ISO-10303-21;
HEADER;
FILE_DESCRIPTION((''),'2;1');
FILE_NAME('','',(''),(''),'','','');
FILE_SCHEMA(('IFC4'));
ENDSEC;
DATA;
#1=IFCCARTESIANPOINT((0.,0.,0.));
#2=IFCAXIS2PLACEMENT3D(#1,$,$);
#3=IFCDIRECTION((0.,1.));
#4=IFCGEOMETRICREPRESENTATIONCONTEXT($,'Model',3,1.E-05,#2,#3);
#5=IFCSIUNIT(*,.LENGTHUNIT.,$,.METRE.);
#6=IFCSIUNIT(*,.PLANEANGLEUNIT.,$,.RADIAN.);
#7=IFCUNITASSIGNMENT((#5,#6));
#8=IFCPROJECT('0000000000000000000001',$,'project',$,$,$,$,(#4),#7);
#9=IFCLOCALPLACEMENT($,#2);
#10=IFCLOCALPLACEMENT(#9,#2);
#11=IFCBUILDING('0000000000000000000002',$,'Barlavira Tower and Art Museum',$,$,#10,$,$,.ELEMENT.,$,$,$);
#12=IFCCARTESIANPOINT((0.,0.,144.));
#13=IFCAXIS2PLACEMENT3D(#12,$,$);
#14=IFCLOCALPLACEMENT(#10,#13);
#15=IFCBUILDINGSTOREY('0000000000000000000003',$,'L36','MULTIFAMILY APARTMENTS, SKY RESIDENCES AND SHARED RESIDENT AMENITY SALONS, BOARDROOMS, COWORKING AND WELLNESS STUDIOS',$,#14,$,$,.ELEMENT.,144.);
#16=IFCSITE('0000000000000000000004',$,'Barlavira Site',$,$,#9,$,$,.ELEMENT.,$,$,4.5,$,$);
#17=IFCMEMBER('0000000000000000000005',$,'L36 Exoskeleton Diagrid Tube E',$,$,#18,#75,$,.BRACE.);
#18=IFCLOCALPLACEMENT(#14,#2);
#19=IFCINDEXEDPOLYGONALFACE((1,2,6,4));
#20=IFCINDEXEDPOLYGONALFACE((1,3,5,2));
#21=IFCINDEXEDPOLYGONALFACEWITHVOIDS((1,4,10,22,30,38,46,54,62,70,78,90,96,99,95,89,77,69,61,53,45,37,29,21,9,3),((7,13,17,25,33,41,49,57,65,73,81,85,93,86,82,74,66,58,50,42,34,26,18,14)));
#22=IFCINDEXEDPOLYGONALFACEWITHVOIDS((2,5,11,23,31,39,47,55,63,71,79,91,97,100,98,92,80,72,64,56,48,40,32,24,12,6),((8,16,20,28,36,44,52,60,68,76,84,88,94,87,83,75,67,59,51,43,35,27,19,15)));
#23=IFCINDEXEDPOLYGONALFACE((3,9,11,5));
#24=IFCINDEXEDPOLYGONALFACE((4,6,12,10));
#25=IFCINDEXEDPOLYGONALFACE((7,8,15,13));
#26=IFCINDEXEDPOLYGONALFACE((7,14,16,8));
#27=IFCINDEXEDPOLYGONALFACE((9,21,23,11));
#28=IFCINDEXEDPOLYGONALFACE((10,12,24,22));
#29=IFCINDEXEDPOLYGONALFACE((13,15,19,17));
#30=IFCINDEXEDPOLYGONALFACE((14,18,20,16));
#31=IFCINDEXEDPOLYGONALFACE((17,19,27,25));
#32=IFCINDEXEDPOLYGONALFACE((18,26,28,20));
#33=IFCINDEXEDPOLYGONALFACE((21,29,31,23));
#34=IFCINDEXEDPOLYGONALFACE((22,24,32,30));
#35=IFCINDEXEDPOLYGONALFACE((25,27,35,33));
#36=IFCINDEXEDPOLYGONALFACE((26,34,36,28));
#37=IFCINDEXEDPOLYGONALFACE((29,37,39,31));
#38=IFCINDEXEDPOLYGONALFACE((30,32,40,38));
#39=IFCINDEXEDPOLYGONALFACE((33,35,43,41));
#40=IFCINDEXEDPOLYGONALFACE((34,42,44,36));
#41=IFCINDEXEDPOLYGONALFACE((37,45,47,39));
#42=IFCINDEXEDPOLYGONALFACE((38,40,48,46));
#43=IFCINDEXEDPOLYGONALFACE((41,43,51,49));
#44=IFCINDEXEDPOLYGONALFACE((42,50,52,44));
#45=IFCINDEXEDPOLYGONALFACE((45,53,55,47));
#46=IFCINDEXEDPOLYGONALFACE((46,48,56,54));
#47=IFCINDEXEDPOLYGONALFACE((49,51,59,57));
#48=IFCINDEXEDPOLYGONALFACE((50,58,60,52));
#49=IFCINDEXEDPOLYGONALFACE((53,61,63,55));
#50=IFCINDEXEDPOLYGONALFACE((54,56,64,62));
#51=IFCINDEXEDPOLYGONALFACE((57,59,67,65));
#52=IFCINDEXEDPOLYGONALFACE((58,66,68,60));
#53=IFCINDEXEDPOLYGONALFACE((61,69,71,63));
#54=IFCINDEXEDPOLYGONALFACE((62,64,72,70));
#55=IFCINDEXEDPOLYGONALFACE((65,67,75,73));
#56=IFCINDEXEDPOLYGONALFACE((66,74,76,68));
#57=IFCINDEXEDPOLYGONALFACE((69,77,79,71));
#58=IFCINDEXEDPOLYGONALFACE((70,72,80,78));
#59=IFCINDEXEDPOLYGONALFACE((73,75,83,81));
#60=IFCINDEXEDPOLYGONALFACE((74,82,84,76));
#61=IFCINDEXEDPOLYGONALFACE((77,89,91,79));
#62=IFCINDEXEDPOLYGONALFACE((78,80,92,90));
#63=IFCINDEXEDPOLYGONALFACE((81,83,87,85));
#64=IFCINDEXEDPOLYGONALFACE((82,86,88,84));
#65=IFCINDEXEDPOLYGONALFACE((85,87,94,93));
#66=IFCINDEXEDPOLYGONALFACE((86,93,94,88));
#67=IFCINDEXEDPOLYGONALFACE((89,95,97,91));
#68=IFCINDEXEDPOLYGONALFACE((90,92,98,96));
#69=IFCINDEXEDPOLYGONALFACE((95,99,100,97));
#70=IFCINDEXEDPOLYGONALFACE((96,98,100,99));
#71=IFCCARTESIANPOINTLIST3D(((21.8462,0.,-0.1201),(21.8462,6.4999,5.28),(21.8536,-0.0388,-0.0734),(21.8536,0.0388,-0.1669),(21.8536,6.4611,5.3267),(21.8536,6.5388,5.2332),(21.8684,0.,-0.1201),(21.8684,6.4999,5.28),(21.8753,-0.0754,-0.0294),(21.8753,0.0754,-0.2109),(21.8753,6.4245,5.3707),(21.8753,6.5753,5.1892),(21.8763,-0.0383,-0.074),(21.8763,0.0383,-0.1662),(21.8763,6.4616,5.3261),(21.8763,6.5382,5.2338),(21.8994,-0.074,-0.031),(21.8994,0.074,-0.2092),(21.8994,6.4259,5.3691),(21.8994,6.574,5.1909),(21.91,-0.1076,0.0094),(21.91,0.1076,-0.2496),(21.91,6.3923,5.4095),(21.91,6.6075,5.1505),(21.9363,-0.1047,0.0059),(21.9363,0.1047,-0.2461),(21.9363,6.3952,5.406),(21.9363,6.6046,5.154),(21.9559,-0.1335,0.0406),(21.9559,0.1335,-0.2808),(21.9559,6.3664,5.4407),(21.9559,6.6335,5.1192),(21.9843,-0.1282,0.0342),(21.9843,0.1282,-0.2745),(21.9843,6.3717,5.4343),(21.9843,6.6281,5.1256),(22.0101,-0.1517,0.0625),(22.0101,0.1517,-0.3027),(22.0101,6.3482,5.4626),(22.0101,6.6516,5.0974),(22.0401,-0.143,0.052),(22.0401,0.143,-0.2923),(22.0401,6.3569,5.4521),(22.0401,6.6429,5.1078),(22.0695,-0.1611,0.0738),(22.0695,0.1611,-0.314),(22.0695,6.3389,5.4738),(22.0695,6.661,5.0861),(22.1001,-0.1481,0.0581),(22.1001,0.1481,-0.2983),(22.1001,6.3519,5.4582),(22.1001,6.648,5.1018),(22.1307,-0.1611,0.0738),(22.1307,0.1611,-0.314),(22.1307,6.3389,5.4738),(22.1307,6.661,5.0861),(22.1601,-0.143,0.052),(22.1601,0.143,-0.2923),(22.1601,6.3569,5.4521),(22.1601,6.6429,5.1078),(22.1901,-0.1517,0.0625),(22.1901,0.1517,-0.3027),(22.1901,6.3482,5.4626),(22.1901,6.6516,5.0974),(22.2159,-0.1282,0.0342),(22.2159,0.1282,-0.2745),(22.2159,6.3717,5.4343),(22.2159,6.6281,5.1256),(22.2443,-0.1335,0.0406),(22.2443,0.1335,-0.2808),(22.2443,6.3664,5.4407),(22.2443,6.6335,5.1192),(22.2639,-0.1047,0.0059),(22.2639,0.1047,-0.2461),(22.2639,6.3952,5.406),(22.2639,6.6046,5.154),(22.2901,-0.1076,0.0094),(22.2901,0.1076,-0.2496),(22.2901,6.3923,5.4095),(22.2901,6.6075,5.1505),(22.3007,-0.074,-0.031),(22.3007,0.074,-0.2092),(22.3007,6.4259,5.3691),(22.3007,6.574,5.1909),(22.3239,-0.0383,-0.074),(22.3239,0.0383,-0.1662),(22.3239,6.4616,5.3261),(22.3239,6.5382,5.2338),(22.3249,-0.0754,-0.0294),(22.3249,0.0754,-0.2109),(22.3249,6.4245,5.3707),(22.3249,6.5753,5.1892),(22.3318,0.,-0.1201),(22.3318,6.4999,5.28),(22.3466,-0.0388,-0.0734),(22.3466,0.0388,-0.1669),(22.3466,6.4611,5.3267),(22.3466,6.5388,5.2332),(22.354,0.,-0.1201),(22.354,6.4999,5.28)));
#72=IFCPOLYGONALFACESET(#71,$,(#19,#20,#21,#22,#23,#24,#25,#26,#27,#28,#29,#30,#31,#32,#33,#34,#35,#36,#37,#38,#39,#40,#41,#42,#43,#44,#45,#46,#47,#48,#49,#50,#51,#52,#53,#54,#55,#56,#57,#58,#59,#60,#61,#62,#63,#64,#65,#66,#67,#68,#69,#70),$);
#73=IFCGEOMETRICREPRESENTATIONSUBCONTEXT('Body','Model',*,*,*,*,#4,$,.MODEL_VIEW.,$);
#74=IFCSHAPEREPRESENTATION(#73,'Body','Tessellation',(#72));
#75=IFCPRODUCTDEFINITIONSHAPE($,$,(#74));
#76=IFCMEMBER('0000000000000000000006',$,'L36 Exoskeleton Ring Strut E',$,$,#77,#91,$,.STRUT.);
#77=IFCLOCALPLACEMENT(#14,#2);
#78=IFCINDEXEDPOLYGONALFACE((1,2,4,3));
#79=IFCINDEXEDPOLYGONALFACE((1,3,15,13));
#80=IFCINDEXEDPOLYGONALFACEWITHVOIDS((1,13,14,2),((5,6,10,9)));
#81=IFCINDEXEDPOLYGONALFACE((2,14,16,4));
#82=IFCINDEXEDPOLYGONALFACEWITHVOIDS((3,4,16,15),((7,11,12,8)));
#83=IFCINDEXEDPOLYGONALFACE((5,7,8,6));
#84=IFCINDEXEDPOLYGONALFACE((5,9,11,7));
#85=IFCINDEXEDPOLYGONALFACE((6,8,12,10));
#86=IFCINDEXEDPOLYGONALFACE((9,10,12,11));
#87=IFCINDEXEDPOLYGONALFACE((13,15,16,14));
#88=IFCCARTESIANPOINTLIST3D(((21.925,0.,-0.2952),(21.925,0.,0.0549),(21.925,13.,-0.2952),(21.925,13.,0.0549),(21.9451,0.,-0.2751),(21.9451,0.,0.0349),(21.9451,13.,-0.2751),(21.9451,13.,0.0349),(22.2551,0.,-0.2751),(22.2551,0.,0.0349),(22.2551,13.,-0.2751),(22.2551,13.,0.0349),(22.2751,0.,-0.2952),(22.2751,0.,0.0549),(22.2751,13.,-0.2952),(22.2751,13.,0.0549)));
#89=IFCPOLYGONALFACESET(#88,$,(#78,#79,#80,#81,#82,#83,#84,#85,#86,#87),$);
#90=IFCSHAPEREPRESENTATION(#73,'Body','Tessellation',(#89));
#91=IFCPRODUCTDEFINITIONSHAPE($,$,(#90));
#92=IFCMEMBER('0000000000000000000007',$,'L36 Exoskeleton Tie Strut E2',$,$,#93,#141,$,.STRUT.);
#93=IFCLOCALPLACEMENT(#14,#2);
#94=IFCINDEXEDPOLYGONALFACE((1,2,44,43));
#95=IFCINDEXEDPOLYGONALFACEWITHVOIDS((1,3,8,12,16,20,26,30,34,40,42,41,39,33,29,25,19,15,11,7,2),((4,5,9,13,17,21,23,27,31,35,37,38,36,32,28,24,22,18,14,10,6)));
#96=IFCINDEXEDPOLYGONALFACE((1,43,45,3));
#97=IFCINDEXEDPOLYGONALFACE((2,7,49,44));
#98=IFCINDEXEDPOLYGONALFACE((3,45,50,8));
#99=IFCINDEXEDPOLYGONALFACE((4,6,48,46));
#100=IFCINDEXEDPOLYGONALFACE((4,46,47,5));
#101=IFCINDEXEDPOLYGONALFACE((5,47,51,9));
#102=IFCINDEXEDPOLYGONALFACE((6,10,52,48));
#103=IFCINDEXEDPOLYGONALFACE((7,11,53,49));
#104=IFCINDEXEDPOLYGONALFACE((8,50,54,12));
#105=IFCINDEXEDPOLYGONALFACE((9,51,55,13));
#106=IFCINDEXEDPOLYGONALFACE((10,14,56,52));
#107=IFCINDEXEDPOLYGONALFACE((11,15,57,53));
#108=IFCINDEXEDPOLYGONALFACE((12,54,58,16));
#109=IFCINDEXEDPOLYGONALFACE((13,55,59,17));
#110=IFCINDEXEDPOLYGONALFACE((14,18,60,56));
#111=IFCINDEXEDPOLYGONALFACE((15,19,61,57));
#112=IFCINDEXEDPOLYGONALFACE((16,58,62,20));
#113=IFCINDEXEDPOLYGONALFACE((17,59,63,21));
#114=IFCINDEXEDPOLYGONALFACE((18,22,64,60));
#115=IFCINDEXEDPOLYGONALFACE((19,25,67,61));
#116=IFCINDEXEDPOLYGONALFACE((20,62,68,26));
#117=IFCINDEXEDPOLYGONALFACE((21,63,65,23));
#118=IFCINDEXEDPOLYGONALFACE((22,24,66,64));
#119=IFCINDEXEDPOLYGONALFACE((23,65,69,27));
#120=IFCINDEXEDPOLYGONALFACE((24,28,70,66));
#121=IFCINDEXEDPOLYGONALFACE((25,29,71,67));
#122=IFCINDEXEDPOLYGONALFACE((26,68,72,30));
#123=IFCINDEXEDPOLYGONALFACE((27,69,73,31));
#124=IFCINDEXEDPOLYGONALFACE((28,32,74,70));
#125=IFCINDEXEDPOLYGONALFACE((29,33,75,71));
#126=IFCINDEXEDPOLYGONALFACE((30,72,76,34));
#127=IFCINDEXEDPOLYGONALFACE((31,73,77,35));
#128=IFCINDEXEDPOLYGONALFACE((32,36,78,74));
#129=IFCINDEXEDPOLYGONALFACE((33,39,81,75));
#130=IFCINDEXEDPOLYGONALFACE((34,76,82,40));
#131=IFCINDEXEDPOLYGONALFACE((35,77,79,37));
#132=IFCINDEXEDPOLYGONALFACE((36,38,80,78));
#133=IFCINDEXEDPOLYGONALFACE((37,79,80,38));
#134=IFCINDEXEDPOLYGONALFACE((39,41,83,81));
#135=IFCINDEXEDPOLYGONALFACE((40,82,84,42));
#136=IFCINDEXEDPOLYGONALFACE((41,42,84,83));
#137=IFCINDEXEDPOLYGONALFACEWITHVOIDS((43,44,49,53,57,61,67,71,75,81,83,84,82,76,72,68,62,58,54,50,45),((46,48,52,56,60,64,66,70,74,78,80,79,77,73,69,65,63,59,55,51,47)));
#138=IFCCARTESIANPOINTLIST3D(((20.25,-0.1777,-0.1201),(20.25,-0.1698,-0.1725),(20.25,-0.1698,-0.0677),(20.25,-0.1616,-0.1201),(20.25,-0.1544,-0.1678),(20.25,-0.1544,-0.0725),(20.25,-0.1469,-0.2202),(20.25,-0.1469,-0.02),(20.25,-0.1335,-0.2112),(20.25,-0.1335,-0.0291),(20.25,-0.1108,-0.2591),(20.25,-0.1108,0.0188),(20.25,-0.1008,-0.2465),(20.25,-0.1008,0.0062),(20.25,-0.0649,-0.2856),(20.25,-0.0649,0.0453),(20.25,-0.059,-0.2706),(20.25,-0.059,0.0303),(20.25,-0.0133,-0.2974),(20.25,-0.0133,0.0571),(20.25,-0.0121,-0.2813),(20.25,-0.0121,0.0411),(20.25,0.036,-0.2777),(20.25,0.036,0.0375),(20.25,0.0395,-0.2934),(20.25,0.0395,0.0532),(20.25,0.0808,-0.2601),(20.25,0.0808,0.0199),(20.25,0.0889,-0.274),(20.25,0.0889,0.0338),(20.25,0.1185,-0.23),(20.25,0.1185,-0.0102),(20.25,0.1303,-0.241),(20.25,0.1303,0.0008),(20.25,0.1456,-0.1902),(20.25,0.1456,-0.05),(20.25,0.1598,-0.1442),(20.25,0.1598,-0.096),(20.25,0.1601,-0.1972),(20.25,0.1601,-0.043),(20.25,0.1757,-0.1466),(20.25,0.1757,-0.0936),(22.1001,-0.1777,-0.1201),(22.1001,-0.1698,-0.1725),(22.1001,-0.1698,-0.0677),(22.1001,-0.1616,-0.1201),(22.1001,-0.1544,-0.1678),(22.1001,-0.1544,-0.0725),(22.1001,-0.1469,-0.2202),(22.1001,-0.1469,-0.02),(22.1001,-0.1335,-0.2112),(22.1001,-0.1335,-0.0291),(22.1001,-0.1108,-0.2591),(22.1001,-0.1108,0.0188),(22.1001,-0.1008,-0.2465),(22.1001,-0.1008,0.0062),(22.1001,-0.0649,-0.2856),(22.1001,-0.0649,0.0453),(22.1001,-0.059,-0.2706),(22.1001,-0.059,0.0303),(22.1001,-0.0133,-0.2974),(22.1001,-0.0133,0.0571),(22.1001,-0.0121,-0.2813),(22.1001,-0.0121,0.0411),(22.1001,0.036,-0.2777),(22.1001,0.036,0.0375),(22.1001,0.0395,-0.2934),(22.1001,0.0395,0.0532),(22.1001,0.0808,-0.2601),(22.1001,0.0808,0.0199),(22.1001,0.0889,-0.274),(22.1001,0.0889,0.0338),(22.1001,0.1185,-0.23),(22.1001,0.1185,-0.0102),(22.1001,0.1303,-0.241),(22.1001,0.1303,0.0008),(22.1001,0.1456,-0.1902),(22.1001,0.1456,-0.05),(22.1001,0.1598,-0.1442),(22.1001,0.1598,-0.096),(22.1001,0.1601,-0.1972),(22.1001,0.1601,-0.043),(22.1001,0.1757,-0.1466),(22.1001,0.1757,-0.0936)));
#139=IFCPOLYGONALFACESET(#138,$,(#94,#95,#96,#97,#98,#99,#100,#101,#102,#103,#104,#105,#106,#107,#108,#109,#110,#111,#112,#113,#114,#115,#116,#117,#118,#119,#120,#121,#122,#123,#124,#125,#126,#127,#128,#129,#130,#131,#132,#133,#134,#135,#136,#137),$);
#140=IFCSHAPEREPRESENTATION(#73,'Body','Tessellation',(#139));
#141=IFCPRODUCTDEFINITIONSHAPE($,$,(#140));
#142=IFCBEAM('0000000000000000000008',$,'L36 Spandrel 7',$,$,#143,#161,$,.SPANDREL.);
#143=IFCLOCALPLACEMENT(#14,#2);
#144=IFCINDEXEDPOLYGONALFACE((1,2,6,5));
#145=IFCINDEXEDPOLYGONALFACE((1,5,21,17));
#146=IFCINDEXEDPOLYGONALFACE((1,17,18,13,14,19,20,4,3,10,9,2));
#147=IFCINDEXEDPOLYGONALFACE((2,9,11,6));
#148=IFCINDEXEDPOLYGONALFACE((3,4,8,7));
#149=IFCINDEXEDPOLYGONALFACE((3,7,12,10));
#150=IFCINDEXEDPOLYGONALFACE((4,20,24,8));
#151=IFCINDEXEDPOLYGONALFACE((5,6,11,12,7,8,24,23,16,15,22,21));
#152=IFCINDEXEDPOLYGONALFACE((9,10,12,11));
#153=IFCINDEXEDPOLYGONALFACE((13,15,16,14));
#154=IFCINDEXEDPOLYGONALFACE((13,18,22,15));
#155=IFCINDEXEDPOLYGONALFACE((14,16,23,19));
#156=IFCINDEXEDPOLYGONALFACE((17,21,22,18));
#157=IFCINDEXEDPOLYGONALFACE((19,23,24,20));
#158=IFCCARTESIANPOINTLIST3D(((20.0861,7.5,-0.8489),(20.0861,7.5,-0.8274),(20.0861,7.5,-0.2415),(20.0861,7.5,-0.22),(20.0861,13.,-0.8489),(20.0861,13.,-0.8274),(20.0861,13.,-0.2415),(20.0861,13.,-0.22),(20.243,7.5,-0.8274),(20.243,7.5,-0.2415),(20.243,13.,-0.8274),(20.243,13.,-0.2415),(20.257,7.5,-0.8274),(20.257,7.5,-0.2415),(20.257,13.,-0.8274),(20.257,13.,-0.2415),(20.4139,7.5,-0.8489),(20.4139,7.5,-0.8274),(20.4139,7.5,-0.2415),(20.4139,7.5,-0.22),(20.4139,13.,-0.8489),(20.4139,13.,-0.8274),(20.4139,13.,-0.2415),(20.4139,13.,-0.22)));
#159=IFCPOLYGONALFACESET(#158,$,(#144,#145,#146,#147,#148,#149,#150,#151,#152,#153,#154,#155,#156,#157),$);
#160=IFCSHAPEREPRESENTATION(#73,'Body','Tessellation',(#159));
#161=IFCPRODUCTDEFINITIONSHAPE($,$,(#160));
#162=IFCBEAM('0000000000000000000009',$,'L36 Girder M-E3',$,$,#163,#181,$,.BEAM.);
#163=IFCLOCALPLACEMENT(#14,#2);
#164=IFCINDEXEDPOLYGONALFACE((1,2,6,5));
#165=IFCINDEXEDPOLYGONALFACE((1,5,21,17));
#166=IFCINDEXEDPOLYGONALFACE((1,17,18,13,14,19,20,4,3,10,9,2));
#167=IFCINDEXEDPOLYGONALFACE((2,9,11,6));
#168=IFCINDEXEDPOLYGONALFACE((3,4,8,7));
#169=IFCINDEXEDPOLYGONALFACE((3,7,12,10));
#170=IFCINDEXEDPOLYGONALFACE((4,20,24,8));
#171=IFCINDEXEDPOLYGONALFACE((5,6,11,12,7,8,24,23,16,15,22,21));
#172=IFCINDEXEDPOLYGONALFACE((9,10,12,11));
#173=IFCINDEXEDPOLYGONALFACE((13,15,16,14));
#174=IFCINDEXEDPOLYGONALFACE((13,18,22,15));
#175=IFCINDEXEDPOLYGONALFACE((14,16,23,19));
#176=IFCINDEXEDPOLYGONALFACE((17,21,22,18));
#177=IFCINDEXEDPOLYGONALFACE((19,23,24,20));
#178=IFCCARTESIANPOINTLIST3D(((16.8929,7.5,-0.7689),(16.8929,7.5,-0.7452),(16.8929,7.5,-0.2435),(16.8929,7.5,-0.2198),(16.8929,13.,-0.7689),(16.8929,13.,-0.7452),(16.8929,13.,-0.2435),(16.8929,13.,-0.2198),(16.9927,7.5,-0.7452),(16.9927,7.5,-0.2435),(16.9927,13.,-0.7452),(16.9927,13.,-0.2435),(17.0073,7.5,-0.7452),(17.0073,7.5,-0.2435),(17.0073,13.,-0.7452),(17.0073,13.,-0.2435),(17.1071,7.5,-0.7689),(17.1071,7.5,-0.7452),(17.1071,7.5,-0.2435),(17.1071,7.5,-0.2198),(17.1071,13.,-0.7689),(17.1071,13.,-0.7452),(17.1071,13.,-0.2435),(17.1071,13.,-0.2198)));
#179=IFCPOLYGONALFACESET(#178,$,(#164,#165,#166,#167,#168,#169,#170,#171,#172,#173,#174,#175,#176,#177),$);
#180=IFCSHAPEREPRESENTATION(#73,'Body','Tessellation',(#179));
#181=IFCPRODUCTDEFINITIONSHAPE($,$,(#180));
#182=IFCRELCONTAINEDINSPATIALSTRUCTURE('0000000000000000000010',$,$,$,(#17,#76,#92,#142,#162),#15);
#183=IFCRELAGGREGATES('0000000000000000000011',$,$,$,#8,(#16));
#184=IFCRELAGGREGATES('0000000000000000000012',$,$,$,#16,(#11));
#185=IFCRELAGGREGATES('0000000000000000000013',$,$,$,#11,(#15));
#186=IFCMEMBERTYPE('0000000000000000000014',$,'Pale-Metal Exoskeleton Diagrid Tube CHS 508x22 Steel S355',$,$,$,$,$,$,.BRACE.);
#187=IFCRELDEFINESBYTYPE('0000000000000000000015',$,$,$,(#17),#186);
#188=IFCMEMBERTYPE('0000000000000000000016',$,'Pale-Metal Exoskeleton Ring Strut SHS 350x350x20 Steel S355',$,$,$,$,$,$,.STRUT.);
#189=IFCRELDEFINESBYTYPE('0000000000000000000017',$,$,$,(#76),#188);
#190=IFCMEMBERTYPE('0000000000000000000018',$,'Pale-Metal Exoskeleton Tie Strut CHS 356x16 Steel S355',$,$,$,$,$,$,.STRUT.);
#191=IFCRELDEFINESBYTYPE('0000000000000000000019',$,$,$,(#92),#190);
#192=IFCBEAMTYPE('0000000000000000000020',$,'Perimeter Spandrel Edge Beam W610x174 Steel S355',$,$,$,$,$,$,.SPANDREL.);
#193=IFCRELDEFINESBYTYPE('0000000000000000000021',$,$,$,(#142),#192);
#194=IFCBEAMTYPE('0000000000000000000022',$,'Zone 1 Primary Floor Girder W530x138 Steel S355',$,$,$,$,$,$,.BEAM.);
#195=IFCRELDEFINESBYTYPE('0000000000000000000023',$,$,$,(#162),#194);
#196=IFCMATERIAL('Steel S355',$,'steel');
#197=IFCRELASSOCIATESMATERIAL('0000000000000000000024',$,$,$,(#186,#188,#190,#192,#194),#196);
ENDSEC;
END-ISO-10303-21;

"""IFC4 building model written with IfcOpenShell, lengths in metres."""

from ifc_helpers import new_model, si_unit, direction, frame, origin, origin_2d, place, context, subcontext, project, spatial, hollow_rectangle, hollow_circle, i_section, extrude, material, material_profile, profile_set, type_object, element, save


model = new_model("IFC4")

# Units and contexts
model_context = context("Model", 3, precision=1e-05, world=origin(), true_north=direction((0.0, 1.0)))
body_context = subcontext(model_context, "Body", "Model", "MODEL_VIEW")
ifc_project = project(units=[si_unit("LENGTHUNIT", "METRE"), si_unit("PLANEANGLEUNIT", "RADIAN")], contexts=[model_context])

# Site, building, storey
site_placement = place(None, origin())
site = spatial("IfcSite", under=ifc_project, at=site_placement, Name="Barlavira Site", CompositionType="ELEMENT", RefElevation=4.5)
building_placement = place(site_placement, origin())
building = spatial("IfcBuilding", under=site, at=building_placement, Name="Barlavira Tower and Art Museum", CompositionType="ELEMENT")
storey_placement = place(building_placement, frame((0.0, 0.0, 144.0)))
storey = spatial("IfcBuildingStorey", under=building, at=storey_placement, Name="L36", Description="MULTIFAMILY APARTMENTS, SKY RESIDENCES AND SHARED RESIDENT AMENITY SALONS, BOARDROOMS, COWORKING AND WELLNESS STUDIOS", CompositionType="ELEMENT", Elevation=144.0)

# Members
ifc_material_1 = material(Name="Steel S355", Category="steel")
ifc_material_profile_1 = material_profile(ifc_material_1, hollow_circle(Radius=0.2539, WallThickness=0.0222, at=origin_2d()), Name="CHS 508.0x22.2")
ifc_profile_set_1 = profile_set([ifc_material_profile_1], Name="Steel S355")
member_type_1 = type_object("IfcMemberType", Name="Pale-Metal Exoskeleton Diagrid Tube CHS 508x22 Steel S355", PredefinedType="BRACE", material=ifc_profile_set_1)
for number, where, z_axis, x_axis, name in (
    (1, (22.1001, 0.0, -0.1201), (0.0, 0.769182, 0.63903), (-1.0, 0.0, 0.0), "L36 Exoskeleton Diagrid Tube E"),
):
    element("IfcMember", number, at=place(storey_placement, frame(where, z_axis=z_axis, x_axis=x_axis)), inside=storey, type_object=member_type_1, Name=name, PredefinedType="BRACE", context=body_context, shape_type="SweptSolid", body=[
        extrude(hollow_circle(Radius=0.2539, WallThickness=0.0222, at=origin_2d()), origin(), (0.0, 0.0, 1.0), 8.4504),
    ])
ifc_material_profile_2 = material_profile(ifc_material_1, hollow_rectangle(XDim=0.3501, YDim=0.3501, WallThickness=0.02, at=origin_2d()), Name="SHS 350x350x20.0")
ifc_profile_set_2 = profile_set([ifc_material_profile_2], Name="Steel S355")
member_type_2 = type_object("IfcMemberType", Name="Pale-Metal Exoskeleton Ring Strut SHS 350x350x20 Steel S355", PredefinedType="STRUT", material=ifc_profile_set_2)
member_1_placement = place(storey_placement, frame((22.1001, 0.0, -0.1201), z_axis=(0.0, 1.0, 0.0), x_axis=(-1.0, 0.0, 0.0)))
element("IfcMember", 2, at=member_1_placement, inside=storey, type_object=member_type_2, Name="L36 Exoskeleton Ring Strut E", PredefinedType="STRUT", context=body_context, shape_type="SweptSolid", body=[
    extrude(hollow_rectangle(XDim=0.3501, YDim=0.3501, WallThickness=0.02, at=origin_2d()), origin(), (0.0, 0.0, 1.0), 13.0),
])
ifc_material_profile_3 = material_profile(ifc_material_1, hollow_circle(Radius=0.1777, WallThickness=0.0161, at=origin_2d()), Name="CHS 355.6x16.0")
ifc_profile_set_3 = profile_set([ifc_material_profile_3], Name="Steel S355")
member_type_3 = type_object("IfcMemberType", Name="Pale-Metal Exoskeleton Tie Strut CHS 356x16 Steel S355", PredefinedType="STRUT", material=ifc_profile_set_3)
member_2_placement = place(storey_placement, frame((22.1001, 0.0, -0.1201), z_axis=(-1.0, 0.0, 0.0), x_axis=(0.0, -1.0, 0.0)))
element("IfcMember", 3, at=member_2_placement, inside=storey, type_object=member_type_3, Name="L36 Exoskeleton Tie Strut E2", PredefinedType="STRUT", context=body_context, shape_type="SweptSolid", body=[
    extrude(hollow_circle(Radius=0.1777, WallThickness=0.0161, at=origin_2d()), origin(), (0.0, 0.0, 1.0), 1.8501),
])

# Beams
ifc_material_profile_4 = material_profile(ifc_material_1, i_section(OverallWidth=0.3279, OverallDepth=0.6289, WebThickness=0.0139, FlangeThickness=0.0215, at=origin_2d()), Name="W610x174.0")
ifc_profile_set_4 = profile_set([ifc_material_profile_4], Name="Steel S355")
beam_type_1 = type_object("IfcBeamType", Name="Perimeter Spandrel Edge Beam W610x174 Steel S355", PredefinedType="SPANDREL", material=ifc_profile_set_4)
beam_1_placement = place(storey_placement, frame((20.25, 7.5, -0.5344), z_axis=(0.0, 1.0, 0.0), x_axis=(-1.0, 0.0, 0.0)))
element("IfcBeam", 4, at=beam_1_placement, inside=storey, type_object=beam_type_1, Name="L36 Spandrel 7", PredefinedType="SPANDREL", context=body_context, shape_type="SweptSolid", body=[
    extrude(i_section(OverallWidth=0.3279, OverallDepth=0.6289, WebThickness=0.0139, FlangeThickness=0.0215, at=origin_2d()), origin(), (0.0, 0.0, 1.0), 5.5),
])
ifc_material_profile_5 = material_profile(ifc_material_1, i_section(OverallWidth=0.2141, OverallDepth=0.5491, WebThickness=0.0146, FlangeThickness=0.0237, at=origin_2d()), Name="W530x138.0")
ifc_profile_set_5 = profile_set([ifc_material_profile_5], Name="Steel S355")
beam_type_2 = type_object("IfcBeamType", Name="Zone 1 Primary Floor Girder W530x138 Steel S355", PredefinedType="BEAM", material=ifc_profile_set_5)
beam_2_placement = place(storey_placement, frame((17.0, 7.5, -0.4944), z_axis=(0.0, 1.0, 0.0), x_axis=(-1.0, 0.0, 0.0)))
element("IfcBeam", 5, at=beam_2_placement, inside=storey, type_object=beam_type_2, Name="L36 Girder M-E3", PredefinedType="BEAM", context=body_context, shape_type="SweptSolid", body=[
    extrude(i_section(OverallWidth=0.2141, OverallDepth=0.5491, WebThickness=0.0146, FlangeThickness=0.0237, at=origin_2d()), origin(), (0.0, 0.0, 1.0), 5.5),
])

save(model, "model.ifc")
